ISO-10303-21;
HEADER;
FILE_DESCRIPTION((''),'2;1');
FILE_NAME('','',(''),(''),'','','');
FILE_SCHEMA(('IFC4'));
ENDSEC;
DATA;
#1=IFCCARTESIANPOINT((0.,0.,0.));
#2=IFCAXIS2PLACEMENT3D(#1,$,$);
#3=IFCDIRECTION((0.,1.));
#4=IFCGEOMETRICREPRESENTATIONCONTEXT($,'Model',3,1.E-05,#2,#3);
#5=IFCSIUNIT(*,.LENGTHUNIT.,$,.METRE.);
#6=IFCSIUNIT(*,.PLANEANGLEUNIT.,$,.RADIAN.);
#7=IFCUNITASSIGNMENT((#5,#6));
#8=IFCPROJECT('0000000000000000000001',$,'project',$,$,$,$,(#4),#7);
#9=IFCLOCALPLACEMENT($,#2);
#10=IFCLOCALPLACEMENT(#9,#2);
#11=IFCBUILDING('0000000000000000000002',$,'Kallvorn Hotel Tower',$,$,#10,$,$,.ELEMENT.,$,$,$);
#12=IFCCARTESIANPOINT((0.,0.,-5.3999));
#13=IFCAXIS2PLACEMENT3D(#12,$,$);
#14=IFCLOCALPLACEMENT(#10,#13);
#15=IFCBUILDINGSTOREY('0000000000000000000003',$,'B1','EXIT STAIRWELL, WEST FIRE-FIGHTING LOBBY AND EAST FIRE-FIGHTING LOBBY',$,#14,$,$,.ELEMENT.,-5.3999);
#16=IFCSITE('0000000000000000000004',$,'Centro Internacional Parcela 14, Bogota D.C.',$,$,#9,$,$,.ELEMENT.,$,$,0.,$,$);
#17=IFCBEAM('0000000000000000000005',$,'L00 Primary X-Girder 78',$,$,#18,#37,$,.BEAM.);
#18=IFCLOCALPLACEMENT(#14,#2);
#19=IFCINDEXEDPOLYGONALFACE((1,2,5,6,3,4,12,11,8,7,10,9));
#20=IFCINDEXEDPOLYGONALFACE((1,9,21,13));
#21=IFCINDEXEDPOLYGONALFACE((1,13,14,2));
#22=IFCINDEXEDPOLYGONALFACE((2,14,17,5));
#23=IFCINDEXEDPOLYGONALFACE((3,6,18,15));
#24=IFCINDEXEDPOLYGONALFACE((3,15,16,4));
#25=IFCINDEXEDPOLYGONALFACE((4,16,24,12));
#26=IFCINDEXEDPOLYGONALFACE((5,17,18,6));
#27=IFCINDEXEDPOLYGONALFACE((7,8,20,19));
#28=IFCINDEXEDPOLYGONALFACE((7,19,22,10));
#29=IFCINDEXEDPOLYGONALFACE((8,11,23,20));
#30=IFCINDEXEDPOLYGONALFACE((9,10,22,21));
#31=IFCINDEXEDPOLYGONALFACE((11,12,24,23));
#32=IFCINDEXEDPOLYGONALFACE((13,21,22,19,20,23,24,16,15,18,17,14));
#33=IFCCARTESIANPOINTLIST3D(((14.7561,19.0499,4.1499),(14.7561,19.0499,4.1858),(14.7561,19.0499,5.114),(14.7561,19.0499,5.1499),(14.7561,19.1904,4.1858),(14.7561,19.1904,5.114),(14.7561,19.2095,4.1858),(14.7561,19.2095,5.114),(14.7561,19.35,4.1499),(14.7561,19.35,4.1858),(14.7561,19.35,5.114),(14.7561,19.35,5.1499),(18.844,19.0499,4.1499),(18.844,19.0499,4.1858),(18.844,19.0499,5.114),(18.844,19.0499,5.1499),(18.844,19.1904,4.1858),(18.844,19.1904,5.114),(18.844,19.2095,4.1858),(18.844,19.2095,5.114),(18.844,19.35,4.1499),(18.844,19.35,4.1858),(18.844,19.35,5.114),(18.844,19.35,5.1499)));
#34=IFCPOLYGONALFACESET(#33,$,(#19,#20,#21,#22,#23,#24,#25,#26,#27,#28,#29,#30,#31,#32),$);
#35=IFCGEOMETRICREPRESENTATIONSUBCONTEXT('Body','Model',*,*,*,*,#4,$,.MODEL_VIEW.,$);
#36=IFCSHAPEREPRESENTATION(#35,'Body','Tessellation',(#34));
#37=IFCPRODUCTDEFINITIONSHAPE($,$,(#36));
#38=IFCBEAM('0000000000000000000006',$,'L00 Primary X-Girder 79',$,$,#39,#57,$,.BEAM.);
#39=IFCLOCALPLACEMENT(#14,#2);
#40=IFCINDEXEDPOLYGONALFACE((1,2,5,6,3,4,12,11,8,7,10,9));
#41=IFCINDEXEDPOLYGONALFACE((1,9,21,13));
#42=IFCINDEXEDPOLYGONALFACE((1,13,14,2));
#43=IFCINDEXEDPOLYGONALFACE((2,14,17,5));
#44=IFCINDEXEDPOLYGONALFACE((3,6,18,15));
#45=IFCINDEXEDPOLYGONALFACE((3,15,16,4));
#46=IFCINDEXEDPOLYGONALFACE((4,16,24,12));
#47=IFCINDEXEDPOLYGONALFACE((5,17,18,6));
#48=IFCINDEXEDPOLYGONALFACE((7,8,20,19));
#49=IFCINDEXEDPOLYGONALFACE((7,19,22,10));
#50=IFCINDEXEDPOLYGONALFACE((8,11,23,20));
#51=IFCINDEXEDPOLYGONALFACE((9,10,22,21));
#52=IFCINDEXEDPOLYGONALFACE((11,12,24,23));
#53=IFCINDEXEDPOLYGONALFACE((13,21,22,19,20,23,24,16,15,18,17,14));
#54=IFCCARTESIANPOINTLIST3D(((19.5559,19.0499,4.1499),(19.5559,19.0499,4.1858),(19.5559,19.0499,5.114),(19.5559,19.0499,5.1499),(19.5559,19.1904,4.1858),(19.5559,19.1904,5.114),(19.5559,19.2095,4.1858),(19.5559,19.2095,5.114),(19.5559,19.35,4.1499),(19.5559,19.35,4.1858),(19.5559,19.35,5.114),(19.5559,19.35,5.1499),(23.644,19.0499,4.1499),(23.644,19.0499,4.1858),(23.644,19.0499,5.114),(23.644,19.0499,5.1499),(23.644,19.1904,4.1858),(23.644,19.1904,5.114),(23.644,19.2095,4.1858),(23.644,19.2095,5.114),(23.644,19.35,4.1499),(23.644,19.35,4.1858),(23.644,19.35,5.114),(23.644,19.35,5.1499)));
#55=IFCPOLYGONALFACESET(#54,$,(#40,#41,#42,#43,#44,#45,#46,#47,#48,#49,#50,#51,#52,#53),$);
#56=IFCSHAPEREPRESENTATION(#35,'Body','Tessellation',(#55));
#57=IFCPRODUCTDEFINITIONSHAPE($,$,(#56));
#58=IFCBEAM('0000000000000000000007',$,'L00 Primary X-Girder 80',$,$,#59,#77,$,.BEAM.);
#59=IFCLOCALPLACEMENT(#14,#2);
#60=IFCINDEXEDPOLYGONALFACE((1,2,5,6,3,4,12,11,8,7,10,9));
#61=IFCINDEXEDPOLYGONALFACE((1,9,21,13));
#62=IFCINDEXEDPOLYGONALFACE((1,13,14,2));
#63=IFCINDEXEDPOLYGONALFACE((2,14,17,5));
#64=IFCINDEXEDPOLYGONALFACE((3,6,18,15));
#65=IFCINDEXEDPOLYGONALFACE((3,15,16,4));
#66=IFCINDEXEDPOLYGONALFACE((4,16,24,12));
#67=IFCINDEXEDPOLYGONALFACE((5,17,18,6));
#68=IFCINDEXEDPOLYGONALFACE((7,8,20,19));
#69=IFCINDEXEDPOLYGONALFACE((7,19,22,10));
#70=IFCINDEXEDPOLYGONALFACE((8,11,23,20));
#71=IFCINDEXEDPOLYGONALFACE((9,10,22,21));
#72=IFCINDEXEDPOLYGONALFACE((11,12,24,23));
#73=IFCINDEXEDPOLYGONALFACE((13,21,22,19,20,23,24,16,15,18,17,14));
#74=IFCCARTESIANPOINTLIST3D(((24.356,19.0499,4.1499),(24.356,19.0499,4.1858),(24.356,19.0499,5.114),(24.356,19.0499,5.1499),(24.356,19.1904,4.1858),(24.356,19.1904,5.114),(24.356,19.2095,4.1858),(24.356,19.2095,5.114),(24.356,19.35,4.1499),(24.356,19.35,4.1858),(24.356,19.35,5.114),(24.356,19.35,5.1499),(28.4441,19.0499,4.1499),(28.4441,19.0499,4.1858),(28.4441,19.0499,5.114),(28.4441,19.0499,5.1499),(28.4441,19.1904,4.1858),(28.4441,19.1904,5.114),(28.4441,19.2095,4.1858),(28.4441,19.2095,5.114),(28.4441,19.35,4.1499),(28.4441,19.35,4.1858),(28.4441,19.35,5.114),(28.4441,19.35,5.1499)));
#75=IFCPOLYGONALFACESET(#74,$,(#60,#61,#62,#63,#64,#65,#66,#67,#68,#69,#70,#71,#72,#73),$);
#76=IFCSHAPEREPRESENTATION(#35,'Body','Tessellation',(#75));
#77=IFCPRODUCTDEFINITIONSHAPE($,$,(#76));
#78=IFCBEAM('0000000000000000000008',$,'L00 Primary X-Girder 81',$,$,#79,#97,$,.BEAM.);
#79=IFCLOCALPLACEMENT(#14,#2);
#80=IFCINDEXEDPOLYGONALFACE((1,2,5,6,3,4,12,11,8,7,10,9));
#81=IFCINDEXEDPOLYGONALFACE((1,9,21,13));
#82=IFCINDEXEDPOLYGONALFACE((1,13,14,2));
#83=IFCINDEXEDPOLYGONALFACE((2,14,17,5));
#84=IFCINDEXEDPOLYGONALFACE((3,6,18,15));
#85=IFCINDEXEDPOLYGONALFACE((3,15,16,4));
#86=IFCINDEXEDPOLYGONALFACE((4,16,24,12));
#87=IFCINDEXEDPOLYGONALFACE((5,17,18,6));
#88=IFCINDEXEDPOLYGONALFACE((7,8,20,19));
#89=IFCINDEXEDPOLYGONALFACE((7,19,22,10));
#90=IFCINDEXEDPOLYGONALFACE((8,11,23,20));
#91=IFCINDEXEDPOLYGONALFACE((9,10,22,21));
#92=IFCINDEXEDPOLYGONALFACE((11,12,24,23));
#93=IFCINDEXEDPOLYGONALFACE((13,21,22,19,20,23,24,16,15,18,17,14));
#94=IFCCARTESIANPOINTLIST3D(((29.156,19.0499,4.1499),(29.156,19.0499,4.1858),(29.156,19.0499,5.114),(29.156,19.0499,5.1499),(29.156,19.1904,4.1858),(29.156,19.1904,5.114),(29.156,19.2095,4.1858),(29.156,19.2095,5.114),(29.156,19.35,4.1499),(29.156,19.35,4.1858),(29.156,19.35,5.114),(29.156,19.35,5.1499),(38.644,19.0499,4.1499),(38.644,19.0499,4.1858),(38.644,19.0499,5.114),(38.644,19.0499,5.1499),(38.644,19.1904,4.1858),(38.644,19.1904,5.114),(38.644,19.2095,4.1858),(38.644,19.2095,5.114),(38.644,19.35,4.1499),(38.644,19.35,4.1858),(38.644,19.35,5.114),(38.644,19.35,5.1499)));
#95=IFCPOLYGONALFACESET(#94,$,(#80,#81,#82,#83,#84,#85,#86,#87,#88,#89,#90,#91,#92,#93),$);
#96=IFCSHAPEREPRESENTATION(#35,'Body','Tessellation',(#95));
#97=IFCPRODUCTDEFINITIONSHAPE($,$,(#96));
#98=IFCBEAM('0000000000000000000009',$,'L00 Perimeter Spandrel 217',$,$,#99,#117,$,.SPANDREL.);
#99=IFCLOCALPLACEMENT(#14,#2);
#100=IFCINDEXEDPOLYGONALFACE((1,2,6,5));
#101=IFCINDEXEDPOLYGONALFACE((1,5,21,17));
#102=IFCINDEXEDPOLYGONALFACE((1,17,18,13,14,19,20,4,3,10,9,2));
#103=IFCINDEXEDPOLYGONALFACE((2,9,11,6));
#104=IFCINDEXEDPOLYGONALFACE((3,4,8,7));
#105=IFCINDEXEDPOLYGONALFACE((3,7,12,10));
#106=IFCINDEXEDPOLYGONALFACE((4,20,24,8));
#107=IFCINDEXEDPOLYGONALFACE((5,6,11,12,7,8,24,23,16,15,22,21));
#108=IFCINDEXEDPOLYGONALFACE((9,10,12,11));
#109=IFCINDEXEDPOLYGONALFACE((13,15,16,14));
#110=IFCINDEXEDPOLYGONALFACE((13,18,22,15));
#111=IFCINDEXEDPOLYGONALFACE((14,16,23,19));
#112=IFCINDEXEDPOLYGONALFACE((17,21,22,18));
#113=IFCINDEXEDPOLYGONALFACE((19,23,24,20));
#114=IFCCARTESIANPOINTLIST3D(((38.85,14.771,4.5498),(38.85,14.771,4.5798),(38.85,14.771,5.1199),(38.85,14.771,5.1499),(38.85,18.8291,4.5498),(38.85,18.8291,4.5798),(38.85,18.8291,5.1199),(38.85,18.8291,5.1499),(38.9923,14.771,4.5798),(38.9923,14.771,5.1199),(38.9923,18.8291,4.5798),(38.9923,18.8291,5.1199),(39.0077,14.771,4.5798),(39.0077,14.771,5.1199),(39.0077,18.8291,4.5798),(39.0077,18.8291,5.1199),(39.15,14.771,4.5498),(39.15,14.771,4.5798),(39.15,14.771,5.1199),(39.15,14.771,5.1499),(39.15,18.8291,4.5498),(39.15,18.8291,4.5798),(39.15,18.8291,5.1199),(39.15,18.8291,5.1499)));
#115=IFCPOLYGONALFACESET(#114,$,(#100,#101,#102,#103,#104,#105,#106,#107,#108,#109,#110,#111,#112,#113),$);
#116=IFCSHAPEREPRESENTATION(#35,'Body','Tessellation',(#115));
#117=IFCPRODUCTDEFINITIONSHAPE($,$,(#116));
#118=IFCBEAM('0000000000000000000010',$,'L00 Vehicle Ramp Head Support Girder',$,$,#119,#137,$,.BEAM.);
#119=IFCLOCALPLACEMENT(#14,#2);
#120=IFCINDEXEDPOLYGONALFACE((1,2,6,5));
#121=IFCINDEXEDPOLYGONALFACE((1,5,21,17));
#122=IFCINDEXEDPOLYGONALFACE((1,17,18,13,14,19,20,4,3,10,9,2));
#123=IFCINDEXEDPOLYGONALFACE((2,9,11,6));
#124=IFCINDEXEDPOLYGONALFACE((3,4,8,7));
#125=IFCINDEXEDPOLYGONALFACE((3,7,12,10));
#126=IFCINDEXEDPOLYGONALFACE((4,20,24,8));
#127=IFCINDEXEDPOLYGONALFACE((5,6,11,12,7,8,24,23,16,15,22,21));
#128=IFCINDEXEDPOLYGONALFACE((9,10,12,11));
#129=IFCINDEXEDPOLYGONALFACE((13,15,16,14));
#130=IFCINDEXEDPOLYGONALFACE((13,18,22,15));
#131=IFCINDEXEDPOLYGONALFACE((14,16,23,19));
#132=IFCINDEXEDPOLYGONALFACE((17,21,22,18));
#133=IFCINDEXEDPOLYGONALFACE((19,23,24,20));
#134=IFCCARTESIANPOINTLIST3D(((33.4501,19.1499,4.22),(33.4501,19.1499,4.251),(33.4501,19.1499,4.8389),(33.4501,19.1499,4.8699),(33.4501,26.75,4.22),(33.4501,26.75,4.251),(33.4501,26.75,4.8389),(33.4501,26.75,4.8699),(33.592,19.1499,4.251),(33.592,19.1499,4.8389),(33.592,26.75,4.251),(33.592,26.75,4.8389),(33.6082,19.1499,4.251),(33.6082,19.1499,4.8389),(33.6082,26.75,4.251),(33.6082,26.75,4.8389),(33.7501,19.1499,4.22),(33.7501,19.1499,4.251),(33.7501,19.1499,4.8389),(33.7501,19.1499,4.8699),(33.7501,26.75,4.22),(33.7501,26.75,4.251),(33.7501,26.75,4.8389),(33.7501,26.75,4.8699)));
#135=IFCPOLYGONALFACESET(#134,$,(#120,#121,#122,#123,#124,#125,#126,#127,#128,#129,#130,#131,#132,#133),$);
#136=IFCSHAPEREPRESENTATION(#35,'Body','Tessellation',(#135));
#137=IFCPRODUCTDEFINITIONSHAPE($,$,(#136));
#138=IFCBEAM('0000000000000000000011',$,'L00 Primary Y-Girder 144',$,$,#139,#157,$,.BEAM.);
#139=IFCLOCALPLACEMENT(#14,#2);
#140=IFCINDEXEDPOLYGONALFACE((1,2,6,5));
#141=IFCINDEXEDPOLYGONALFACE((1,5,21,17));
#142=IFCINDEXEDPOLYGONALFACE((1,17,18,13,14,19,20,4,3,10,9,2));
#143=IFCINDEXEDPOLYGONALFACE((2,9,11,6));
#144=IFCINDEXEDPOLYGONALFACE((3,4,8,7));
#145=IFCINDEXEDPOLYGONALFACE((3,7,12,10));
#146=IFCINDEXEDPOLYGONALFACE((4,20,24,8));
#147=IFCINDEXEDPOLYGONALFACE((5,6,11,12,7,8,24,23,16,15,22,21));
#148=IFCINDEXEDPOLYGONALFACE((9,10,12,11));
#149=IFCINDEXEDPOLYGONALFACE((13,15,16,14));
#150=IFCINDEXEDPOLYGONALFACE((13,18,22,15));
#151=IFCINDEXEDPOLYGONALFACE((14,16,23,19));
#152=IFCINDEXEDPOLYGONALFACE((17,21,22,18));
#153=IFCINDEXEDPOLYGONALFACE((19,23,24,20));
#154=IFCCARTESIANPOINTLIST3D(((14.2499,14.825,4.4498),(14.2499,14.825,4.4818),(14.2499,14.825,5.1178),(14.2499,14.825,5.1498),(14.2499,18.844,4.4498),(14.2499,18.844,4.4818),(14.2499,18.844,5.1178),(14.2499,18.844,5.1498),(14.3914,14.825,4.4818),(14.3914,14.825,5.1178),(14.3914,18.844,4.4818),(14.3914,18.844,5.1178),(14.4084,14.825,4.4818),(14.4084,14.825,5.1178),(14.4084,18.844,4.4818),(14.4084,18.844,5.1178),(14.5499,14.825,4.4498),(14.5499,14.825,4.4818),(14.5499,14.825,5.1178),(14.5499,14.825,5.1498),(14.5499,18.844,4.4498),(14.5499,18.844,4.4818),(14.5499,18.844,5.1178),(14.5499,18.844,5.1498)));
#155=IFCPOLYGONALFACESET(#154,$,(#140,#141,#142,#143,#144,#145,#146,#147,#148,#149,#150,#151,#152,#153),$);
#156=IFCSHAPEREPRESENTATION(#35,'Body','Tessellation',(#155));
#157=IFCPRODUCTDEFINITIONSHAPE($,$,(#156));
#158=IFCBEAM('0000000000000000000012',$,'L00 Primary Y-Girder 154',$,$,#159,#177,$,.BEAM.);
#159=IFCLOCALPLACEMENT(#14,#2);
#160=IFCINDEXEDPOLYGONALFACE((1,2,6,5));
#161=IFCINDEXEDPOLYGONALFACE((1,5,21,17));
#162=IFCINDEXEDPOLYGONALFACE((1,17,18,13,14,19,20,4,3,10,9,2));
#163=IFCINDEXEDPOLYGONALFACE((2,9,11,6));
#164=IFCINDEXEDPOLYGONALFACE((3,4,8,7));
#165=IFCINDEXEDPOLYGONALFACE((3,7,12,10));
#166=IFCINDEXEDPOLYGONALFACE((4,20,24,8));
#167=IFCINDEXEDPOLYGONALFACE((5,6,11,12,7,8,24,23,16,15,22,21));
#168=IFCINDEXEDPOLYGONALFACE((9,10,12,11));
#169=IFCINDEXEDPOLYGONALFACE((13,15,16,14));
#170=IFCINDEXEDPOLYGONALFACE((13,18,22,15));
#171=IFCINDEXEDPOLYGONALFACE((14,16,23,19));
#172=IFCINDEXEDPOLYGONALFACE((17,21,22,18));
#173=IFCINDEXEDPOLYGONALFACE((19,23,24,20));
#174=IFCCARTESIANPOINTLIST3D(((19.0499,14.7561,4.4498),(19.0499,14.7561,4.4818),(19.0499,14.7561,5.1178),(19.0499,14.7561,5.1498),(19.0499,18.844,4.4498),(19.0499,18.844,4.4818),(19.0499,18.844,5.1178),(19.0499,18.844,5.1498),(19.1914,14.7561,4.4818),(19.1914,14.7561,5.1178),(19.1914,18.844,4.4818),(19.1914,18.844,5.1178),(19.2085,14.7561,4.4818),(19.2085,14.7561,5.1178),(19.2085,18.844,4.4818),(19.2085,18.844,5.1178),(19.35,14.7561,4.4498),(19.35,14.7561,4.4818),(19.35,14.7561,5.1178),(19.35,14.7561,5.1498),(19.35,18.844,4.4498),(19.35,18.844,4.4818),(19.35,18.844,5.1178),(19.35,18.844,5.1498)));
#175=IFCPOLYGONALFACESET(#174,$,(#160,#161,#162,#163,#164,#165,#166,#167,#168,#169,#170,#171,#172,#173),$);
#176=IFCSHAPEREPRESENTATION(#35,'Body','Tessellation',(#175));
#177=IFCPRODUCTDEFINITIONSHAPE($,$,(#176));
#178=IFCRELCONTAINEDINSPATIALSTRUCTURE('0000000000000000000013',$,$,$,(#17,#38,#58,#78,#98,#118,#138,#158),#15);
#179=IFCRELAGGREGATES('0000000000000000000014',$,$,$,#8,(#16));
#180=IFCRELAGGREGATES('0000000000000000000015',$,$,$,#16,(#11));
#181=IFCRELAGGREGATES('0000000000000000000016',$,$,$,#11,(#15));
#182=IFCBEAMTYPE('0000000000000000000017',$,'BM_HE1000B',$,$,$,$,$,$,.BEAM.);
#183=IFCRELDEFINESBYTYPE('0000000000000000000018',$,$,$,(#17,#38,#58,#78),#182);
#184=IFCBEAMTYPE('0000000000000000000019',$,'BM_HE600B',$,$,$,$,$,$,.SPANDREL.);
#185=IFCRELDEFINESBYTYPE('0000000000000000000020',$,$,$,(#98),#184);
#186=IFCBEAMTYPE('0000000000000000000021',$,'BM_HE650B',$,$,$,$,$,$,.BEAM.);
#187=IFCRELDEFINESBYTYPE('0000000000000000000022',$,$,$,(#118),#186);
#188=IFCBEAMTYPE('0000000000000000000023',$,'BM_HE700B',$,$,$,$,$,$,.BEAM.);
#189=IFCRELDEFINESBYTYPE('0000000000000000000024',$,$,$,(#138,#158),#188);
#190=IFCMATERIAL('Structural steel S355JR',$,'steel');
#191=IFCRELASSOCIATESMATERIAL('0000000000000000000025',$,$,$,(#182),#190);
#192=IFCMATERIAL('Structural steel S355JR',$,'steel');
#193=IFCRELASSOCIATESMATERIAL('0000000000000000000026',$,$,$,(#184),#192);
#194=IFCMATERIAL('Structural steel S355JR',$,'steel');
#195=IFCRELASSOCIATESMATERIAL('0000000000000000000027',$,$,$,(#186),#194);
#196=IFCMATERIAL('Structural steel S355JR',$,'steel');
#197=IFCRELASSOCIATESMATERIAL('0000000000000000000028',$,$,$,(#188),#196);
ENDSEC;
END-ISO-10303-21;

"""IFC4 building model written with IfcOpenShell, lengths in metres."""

from ifc_helpers import new_model, si_unit, direction, frame, origin, origin_2d, place, context, subcontext, project, spatial, i_section, extrude, material, material_profile, profile_set, type_object, element, save


model = new_model("IFC4")

# Units and contexts
model_context = context("Model", 3, precision=1e-05, world=origin(), true_north=direction((0.0, 1.0)))
body_context = subcontext(model_context, "Body", "Model", "MODEL_VIEW")
ifc_project = project(units=[si_unit("LENGTHUNIT", "METRE"), si_unit("PLANEANGLEUNIT", "RADIAN")], contexts=[model_context])

# Site, building, storey
site_placement = place(None, origin())
site = spatial("IfcSite", under=ifc_project, at=site_placement, Name="Centro Internacional Parcela 14, Bogota D.C.", CompositionType="ELEMENT", RefElevation=0.0)
building_placement = place(site_placement, origin())
building = spatial("IfcBuilding", under=site, at=building_placement, Name="Kallvorn Hotel Tower", CompositionType="ELEMENT")
storey_placement = place(building_placement, frame((0.0, 0.0, -5.3999)))
storey = spatial("IfcBuildingStorey", under=building, at=storey_placement, Name="B1", Description="EXIT STAIRWELL, WEST FIRE-FIGHTING LOBBY AND EAST FIRE-FIGHTING LOBBY", CompositionType="ELEMENT", Elevation=-5.3999)

# Beams
ifc_material_1 = material(Name="Structural steel S355JR", Category="steel")
ifc_material_profile_1 = material_profile(ifc_material_1, i_section(OverallWidth=0.3, OverallDepth=1.0, WebThickness=0.019, FlangeThickness=0.0359, at=origin_2d()), Name="HE 1000 B")
ifc_profile_set_1 = profile_set([ifc_material_profile_1], Name="Structural steel S355JR")
beam_type_1 = type_object("IfcBeamType", Name="BM_HE1000B", PredefinedType="BEAM", material=ifc_profile_set_1)
beam_1_placement = place(storey_placement, frame((14.7561, 19.2, 4.6499), z_axis=(1.0, 0.0, 0.0), x_axis=(0.0, 1.0, 0.0)))
element("IfcBeam", 1, at=beam_1_placement, inside=storey, type_object=beam_type_1, Name="L00 Primary X-Girder 78", PredefinedType="BEAM", context=body_context, shape_type="SweptSolid", body=[
    extrude(i_section(OverallWidth=0.3, OverallDepth=1.0, WebThickness=0.019, FlangeThickness=0.0359, at=origin_2d()), origin(), (0.0, 0.0, 1.0), 4.0879),
])
for number, where, z_axis, x_axis, name in (
    (2, (19.5559, 19.2, 4.6499), (1.0, 0.0, 0.0), (0.0, 1.0, 0.0), "L00 Primary X-Girder 79"),
    (3, (24.356, 19.2, 4.6499), (1.0, 0.0, 0.0), (0.0, 1.0, 0.0), "L00 Primary X-Girder 80"),
):
    element("IfcBeam", number, at=place(storey_placement, frame(where, z_axis=z_axis, x_axis=x_axis)), inside=storey, type_object=beam_type_1, Name=name, PredefinedType="BEAM", context=body_context, shape_type="SweptSolid", body=[
        extrude(i_section(OverallWidth=0.3, OverallDepth=1.0, WebThickness=0.019, FlangeThickness=0.0359, at=origin_2d()), origin(), (0.0, 0.0, 1.0), 4.0881),
    ])
beam_2_placement = place(storey_placement, frame((29.156, 19.2, 4.6499), z_axis=(1.0, 0.0, 0.0), x_axis=(0.0, 1.0, 0.0)))
element("IfcBeam", 4, at=beam_2_placement, inside=storey, type_object=beam_type_1, Name="L00 Primary X-Girder 81", PredefinedType="BEAM", context=body_context, shape_type="SweptSolid", body=[
    extrude(i_section(OverallWidth=0.3, OverallDepth=1.0, WebThickness=0.019, FlangeThickness=0.0359, at=origin_2d()), origin(), (0.0, 0.0, 1.0), 9.488),
])
ifc_material_2 = material(Name="Structural steel S355JR", Category="steel")
ifc_material_profile_2 = material_profile(ifc_material_2, i_section(OverallWidth=0.3, OverallDepth=0.6001, WebThickness=0.0154, FlangeThickness=0.03, at=origin_2d()), Name="HE 600 B")
ifc_profile_set_2 = profile_set([ifc_material_profile_2], Name="Structural steel S355JR")
beam_type_2 = type_object("IfcBeamType", Name="BM_HE600B", PredefinedType="SPANDREL", material=ifc_profile_set_2)
beam_3_placement = place(storey_placement, frame((39.0, 14.771, 4.8499), z_axis=(0.0, 1.0, 0.0), x_axis=(-1.0, 0.0, 0.0)))
element("IfcBeam", 5, at=beam_3_placement, inside=storey, type_object=beam_type_2, Name="L00 Perimeter Spandrel 217", PredefinedType="SPANDREL", context=body_context, shape_type="SweptSolid", body=[
    extrude(i_section(OverallWidth=0.3, OverallDepth=0.6001, WebThickness=0.0154, FlangeThickness=0.03, at=origin_2d()), origin(), (0.0, 0.0, 1.0), 4.0581),
])
ifc_material_3 = material(Name="Structural steel S355JR", Category="steel")
ifc_material_profile_3 = material_profile(ifc_material_3, i_section(OverallWidth=0.3, OverallDepth=0.6499, WebThickness=0.0161, FlangeThickness=0.031, at=origin_2d()), Name="HE 650 B")
ifc_profile_set_3 = profile_set([ifc_material_profile_3], Name="Structural steel S355JR")
beam_type_3 = type_object("IfcBeamType", Name="BM_HE650B", PredefinedType="BEAM", material=ifc_profile_set_3)
beam_4_placement = place(storey_placement, frame((33.6001, 19.1499, 4.5449), z_axis=(0.0, 1.0, 0.0), x_axis=(-1.0, 0.0, 0.0)))
element("IfcBeam", 6, at=beam_4_placement, inside=storey, type_object=beam_type_3, Name="L00 Vehicle Ramp Head Support Girder", PredefinedType="BEAM", context=body_context, shape_type="SweptSolid", body=[
    extrude(i_section(OverallWidth=0.3, OverallDepth=0.6499, WebThickness=0.0161, FlangeThickness=0.031, at=origin_2d()), origin(), (0.0, 0.0, 1.0), 7.6001),
])
ifc_material_4 = material(Name="Structural steel S355JR", Category="steel")
ifc_material_profile_4 = material_profile(ifc_material_4, i_section(OverallWidth=0.3, OverallDepth=0.7, WebThickness=0.0171, FlangeThickness=0.032, at=origin_2d()), Name="HE 700 B")
ifc_profile_set_4 = profile_set([ifc_material_profile_4], Name="Structural steel S355JR")
beam_type_4 = type_object("IfcBeamType", Name="BM_HE700B", PredefinedType="BEAM", material=ifc_profile_set_4)
beam_5_placement = place(storey_placement, frame((14.3999, 14.825, 4.7998), z_axis=(0.0, 1.0, 0.0), x_axis=(-1.0, 0.0, 0.0)))
element("IfcBeam", 7, at=beam_5_placement, inside=storey, type_object=beam_type_4, Name="L00 Primary Y-Girder 144", PredefinedType="BEAM", context=body_context, shape_type="SweptSolid", body=[
    extrude(i_section(OverallWidth=0.3, OverallDepth=0.7, WebThickness=0.0171, FlangeThickness=0.032, at=origin_2d()), origin(), (0.0, 0.0, 1.0), 4.019),
])
beam_6_placement = place(storey_placement, frame((19.2, 14.7561, 4.7998), z_axis=(0.0, 1.0, 0.0), x_axis=(-1.0, 0.0, 0.0)))
element("IfcBeam", 8, at=beam_6_placement, inside=storey, type_object=beam_type_4, Name="L00 Primary Y-Girder 154", PredefinedType="BEAM", context=body_context, shape_type="SweptSolid", body=[
    extrude(i_section(OverallWidth=0.3, OverallDepth=0.7, WebThickness=0.0171, FlangeThickness=0.032, at=origin_2d()), origin(), (0.0, 0.0, 1.0), 4.0879),
])

save(model, "model.ifc")
